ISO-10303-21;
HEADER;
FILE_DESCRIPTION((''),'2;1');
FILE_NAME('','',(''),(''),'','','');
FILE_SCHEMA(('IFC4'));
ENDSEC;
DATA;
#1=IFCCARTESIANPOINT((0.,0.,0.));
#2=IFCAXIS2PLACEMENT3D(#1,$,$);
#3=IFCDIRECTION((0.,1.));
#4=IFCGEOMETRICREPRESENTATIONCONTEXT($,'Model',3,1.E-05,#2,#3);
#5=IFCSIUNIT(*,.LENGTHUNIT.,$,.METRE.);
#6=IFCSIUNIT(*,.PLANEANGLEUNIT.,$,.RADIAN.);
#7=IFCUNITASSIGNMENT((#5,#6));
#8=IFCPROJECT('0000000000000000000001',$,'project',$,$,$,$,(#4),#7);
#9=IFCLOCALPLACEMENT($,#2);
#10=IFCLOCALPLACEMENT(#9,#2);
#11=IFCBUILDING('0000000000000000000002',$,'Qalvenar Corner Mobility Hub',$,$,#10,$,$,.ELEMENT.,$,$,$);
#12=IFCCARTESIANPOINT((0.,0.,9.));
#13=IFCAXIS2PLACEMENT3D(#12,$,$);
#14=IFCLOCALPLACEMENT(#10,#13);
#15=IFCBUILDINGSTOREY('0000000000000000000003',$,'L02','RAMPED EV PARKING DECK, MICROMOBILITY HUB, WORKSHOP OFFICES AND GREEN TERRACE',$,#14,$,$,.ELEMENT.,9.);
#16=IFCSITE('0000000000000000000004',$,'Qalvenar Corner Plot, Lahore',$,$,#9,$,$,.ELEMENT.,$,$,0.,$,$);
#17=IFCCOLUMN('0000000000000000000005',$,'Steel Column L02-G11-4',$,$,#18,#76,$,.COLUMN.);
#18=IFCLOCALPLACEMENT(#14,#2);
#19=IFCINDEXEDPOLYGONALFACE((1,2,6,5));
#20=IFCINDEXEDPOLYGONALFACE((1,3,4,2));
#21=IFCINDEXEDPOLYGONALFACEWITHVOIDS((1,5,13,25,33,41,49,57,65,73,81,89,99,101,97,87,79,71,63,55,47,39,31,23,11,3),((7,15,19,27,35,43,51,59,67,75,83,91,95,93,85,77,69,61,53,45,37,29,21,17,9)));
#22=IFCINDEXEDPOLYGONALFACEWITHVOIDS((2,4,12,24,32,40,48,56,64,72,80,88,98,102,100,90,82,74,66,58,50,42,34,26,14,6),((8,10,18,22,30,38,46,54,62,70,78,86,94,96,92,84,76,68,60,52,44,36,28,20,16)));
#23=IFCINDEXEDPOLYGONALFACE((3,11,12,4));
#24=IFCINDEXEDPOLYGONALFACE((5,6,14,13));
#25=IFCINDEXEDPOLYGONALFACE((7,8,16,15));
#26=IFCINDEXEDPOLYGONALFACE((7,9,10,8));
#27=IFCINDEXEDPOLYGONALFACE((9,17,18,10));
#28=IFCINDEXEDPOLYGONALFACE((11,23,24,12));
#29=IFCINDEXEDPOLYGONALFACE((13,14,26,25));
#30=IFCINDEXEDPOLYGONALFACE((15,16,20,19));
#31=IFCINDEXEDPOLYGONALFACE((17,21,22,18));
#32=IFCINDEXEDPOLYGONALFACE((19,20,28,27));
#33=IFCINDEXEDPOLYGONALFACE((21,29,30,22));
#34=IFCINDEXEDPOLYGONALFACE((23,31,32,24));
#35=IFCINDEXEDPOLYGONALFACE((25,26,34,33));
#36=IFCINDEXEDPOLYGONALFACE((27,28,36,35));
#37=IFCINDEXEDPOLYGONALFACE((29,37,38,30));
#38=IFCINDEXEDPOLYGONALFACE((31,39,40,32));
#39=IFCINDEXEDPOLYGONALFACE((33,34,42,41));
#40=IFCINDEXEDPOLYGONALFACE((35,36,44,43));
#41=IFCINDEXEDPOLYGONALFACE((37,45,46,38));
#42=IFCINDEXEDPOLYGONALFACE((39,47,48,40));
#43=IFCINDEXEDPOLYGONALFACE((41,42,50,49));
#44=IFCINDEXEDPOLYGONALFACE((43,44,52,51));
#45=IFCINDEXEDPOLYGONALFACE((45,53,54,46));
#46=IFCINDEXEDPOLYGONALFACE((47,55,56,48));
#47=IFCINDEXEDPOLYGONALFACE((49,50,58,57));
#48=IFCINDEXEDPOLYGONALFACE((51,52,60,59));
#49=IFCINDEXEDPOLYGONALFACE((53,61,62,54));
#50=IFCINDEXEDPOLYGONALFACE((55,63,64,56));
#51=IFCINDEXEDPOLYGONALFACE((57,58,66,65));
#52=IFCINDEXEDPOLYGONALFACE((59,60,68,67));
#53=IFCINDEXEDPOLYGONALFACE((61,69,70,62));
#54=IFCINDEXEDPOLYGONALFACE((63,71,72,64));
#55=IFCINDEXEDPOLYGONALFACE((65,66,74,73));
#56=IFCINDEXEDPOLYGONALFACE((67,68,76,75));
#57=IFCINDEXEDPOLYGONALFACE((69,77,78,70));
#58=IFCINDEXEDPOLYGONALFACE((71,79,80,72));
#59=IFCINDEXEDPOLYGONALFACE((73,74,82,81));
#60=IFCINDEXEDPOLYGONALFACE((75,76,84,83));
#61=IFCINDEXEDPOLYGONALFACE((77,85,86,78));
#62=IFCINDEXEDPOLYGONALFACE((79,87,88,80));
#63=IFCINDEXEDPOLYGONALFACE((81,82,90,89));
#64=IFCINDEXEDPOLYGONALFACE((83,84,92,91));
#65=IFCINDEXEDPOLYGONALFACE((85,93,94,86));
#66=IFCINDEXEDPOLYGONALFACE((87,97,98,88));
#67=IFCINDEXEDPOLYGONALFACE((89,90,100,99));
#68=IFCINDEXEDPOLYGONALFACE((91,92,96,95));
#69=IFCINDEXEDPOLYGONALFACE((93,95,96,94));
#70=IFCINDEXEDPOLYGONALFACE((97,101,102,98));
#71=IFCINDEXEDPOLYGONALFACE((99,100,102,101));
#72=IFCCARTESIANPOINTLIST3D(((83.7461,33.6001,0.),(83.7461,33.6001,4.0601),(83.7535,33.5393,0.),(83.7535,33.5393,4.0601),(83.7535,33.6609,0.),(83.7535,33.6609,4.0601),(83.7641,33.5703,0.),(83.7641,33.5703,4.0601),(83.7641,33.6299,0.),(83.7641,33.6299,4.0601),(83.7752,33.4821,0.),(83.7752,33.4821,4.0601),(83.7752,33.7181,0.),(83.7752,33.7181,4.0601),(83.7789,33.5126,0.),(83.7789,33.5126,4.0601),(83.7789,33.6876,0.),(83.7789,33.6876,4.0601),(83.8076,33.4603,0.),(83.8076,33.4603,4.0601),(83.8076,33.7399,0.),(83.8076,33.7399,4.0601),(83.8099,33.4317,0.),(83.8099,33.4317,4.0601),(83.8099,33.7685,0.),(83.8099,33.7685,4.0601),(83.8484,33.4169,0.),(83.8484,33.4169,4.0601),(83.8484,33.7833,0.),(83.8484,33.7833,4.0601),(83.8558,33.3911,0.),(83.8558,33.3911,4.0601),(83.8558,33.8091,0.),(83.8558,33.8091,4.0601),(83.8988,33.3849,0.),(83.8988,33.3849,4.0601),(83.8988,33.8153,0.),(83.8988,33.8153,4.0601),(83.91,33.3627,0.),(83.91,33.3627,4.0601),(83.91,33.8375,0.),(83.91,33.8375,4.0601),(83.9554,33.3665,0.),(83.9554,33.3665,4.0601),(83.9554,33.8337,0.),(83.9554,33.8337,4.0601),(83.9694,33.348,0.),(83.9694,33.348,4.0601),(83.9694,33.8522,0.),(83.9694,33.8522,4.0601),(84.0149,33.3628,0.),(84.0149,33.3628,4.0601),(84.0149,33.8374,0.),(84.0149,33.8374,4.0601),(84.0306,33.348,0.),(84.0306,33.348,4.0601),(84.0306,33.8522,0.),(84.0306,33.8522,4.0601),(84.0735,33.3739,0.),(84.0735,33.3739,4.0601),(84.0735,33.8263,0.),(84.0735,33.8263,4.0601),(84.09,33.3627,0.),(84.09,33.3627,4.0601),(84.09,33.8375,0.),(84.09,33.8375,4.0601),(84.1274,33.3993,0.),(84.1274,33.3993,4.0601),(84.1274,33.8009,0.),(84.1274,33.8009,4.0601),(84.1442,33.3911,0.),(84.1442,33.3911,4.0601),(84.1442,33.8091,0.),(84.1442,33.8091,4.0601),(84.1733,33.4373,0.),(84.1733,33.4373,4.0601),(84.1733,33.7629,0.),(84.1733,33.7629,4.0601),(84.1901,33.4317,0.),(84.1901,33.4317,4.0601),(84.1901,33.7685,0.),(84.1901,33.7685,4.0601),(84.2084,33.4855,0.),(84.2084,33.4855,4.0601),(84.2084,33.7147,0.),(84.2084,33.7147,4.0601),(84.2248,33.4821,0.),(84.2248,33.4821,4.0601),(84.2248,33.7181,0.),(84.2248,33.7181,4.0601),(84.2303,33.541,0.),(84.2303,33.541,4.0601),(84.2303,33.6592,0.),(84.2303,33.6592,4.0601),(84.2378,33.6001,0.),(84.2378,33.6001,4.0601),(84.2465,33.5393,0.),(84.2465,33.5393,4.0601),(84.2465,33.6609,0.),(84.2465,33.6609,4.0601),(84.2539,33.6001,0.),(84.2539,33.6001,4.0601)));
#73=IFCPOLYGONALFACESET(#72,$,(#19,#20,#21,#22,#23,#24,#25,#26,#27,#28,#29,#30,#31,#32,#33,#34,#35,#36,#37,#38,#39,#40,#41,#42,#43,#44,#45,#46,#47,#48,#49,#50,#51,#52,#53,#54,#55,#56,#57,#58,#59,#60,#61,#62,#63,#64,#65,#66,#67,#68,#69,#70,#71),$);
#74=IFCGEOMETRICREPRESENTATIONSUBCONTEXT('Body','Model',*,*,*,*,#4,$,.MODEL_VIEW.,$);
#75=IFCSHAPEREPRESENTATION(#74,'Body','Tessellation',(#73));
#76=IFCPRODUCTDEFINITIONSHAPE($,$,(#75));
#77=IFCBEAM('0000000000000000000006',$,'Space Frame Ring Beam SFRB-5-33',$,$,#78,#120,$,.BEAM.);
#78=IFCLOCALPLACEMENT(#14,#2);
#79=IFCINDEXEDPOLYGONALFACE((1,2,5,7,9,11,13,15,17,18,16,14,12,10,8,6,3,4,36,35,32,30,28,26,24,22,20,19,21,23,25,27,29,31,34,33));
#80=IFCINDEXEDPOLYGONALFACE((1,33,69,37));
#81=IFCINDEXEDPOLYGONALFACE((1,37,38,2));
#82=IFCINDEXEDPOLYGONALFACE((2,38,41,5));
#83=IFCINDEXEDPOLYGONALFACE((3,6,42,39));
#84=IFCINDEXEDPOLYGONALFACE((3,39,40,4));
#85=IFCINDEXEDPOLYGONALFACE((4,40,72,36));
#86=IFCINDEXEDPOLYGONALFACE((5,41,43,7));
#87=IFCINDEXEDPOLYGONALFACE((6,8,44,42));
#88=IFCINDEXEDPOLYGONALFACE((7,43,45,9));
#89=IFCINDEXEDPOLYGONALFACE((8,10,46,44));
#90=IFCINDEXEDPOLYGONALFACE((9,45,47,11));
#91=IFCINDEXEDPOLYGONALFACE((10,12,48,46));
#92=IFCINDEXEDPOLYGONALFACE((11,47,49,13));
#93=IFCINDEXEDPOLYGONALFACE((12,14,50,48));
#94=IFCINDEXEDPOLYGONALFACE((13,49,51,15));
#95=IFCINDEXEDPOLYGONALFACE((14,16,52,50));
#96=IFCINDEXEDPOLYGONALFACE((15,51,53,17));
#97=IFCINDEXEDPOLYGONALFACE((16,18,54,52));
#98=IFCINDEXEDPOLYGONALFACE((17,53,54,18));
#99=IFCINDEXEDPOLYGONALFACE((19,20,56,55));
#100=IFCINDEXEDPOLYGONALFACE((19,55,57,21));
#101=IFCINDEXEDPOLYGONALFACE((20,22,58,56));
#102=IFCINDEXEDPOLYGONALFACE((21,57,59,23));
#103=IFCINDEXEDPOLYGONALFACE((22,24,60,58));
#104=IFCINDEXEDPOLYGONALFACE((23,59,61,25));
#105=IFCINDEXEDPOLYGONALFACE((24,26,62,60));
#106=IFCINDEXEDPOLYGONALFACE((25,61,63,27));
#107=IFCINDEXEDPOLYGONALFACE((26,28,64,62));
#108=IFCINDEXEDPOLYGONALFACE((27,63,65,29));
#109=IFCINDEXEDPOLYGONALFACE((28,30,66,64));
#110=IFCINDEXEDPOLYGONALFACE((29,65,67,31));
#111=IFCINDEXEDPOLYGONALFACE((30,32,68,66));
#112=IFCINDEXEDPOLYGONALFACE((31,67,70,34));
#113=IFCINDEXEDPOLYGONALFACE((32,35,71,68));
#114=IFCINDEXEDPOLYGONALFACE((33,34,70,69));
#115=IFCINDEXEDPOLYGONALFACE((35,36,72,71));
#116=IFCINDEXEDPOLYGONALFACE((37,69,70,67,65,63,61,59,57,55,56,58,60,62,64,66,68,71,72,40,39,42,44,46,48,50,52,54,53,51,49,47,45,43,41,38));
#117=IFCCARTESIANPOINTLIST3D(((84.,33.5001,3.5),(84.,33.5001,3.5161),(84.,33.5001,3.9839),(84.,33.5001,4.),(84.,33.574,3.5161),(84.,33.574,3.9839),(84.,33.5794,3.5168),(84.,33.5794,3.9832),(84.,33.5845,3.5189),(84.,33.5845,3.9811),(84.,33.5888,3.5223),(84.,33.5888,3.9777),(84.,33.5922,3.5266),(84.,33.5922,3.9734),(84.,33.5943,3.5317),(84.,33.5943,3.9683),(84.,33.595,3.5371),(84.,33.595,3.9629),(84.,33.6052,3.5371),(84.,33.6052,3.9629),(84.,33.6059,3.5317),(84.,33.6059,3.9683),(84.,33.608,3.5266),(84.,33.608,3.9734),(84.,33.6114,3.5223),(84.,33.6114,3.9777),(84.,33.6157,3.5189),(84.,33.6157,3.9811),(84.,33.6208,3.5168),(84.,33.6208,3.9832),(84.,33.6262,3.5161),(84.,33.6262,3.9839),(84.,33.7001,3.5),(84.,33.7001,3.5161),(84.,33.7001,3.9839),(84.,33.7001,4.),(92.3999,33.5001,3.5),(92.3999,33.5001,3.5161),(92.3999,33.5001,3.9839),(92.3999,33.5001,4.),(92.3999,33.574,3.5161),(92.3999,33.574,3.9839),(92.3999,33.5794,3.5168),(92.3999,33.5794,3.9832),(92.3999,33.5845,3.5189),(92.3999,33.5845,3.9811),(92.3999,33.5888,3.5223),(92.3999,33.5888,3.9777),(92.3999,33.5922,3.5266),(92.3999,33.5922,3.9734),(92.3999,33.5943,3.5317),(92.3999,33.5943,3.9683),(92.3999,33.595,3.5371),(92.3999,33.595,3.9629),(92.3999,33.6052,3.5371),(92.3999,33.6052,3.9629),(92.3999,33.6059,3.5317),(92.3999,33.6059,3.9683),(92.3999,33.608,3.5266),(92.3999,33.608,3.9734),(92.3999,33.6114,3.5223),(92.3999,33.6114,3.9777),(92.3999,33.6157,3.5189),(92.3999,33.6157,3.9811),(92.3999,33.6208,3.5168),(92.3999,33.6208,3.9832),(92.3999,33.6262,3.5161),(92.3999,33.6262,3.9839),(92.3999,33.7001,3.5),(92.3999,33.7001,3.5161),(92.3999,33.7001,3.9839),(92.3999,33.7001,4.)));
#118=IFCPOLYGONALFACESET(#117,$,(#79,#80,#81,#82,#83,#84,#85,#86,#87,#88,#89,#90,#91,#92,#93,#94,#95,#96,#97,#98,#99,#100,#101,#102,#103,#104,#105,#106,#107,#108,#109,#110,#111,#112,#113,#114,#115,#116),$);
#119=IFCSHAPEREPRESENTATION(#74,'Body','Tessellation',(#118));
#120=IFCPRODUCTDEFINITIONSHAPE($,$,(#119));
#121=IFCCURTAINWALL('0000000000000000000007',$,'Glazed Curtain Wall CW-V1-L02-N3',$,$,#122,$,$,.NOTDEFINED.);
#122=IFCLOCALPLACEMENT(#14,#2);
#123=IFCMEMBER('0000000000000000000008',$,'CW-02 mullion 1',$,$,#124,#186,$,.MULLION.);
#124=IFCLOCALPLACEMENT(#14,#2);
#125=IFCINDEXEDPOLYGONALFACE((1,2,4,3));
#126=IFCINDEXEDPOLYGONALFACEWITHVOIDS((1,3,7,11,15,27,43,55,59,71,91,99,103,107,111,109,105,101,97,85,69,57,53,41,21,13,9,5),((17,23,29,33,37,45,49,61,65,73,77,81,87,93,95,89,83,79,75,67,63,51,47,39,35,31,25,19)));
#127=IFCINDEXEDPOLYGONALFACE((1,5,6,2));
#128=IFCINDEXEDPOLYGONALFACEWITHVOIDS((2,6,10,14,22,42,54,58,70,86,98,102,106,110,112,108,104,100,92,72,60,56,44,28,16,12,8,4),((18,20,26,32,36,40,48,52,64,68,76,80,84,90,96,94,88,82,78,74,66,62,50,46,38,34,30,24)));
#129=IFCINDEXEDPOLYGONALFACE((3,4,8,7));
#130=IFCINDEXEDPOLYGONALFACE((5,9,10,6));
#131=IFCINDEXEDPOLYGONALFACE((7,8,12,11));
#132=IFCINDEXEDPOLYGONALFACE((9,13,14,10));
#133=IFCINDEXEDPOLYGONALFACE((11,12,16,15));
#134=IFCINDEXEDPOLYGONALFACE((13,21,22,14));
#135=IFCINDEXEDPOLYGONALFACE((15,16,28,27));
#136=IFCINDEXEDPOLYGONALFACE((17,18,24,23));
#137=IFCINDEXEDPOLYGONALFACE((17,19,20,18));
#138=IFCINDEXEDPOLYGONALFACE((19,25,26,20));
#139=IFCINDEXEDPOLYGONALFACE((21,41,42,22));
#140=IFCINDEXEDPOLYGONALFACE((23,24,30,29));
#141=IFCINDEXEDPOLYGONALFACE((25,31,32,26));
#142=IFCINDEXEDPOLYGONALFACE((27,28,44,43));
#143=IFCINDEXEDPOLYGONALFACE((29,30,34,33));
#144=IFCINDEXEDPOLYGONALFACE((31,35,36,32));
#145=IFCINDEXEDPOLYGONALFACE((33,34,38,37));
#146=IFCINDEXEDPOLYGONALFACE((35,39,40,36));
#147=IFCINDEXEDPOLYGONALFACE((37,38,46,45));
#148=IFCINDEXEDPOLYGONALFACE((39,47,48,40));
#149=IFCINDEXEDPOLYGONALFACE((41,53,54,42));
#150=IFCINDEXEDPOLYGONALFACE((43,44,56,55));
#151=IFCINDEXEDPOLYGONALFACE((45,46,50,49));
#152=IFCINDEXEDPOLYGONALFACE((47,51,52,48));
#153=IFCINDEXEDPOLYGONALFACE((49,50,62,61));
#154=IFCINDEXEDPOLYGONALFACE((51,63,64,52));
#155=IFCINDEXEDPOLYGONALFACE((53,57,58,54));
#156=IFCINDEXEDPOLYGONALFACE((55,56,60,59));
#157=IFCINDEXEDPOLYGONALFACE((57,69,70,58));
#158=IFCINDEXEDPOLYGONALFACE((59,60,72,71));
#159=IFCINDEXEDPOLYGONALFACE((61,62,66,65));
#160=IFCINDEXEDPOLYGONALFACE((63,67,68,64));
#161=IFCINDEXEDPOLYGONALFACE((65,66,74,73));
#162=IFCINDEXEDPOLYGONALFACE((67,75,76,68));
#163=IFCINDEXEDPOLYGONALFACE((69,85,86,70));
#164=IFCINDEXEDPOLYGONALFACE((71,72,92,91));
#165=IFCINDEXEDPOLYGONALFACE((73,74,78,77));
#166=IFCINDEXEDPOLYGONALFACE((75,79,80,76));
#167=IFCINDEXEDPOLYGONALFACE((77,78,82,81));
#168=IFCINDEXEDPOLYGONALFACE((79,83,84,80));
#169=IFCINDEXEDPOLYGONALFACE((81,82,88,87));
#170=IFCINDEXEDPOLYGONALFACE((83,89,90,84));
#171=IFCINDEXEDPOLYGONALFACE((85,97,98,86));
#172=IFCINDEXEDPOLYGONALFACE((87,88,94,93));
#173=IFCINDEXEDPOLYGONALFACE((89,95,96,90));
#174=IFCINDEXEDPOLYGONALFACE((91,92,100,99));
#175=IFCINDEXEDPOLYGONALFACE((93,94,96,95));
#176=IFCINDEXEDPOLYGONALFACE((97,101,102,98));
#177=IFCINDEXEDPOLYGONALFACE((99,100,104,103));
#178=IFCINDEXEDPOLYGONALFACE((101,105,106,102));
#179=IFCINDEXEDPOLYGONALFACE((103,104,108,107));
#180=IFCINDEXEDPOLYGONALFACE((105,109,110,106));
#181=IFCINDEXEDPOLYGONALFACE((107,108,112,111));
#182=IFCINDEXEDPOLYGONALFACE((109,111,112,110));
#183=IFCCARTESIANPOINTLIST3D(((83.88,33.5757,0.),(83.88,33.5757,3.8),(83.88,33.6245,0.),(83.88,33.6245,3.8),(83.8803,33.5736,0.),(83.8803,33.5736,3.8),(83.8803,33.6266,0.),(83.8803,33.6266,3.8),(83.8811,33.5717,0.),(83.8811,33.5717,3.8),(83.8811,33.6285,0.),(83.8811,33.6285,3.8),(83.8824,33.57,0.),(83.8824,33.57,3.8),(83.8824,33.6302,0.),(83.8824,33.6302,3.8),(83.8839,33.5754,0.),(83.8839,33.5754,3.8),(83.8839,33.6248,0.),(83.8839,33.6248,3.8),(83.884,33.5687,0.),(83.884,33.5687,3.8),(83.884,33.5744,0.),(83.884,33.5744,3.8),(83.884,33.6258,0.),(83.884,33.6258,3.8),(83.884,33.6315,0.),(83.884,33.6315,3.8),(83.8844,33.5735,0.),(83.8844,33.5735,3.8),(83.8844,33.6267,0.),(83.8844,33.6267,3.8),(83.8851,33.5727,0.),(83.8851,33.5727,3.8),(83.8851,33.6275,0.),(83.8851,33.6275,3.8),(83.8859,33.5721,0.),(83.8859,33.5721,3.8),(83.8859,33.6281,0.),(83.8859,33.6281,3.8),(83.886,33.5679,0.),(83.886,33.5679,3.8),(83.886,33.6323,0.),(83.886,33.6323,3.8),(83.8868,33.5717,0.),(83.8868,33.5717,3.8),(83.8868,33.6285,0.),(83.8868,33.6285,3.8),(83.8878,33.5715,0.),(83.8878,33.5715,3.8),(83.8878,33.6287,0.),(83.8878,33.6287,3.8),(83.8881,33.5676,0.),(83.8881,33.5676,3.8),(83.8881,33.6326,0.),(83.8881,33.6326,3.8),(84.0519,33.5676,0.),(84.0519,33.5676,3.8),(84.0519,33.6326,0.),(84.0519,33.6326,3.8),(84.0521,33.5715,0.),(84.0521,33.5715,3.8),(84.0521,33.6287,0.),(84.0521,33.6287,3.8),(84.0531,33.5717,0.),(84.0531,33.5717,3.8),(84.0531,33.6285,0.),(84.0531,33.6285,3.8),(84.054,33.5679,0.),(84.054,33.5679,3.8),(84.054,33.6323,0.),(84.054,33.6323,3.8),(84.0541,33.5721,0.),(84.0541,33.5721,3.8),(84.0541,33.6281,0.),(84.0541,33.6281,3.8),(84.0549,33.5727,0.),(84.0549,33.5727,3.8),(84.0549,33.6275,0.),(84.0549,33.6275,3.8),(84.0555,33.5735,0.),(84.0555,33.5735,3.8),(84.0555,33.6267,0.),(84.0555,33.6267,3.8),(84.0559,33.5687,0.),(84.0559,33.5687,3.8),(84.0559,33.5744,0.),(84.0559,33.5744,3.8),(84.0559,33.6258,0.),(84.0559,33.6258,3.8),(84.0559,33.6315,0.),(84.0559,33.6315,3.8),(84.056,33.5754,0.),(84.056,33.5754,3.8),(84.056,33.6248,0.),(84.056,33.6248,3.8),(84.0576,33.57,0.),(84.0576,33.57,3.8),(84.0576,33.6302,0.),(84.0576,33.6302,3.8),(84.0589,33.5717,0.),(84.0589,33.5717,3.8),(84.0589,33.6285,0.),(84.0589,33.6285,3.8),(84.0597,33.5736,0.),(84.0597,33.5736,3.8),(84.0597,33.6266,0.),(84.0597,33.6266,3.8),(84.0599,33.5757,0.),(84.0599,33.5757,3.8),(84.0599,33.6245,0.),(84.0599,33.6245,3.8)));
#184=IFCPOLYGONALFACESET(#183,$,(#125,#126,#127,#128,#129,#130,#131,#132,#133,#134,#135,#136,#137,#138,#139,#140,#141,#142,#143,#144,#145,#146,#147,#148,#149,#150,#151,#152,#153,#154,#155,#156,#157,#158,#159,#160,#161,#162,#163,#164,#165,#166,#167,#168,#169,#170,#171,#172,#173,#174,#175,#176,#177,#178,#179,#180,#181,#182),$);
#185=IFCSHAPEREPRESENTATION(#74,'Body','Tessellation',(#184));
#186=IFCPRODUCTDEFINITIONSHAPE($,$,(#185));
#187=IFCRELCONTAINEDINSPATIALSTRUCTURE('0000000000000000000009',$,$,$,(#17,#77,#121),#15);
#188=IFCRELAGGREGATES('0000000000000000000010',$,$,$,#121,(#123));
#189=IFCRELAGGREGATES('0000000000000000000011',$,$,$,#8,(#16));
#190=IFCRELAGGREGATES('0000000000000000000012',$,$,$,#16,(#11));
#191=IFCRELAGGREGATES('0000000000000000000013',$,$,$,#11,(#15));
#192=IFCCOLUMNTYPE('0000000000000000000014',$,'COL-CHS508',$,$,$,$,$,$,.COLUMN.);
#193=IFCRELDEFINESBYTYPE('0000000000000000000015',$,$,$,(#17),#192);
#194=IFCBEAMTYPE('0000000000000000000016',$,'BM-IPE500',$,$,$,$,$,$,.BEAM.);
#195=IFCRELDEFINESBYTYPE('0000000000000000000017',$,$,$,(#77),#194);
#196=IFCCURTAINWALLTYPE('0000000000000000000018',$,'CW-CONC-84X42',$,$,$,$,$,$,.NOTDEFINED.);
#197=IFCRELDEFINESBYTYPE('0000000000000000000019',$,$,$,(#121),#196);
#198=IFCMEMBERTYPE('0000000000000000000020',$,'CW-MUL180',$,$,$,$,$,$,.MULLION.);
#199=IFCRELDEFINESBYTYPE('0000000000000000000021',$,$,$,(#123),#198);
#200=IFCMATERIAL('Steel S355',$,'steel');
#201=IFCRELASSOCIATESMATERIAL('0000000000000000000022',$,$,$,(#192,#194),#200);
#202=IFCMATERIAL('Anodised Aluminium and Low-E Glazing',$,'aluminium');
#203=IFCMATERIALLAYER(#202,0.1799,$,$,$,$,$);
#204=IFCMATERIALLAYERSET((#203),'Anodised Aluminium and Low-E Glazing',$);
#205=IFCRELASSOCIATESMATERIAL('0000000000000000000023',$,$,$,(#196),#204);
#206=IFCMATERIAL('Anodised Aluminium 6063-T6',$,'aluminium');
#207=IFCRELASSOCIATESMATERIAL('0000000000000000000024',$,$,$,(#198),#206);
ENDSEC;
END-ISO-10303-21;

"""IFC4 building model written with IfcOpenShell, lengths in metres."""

from ifc_helpers import new_model, si_unit, direction, frame, origin, origin_2d, place, context, subcontext, project, spatial, hollow_rectangle, hollow_circle, i_section, extrude, material, layer, layer_set, material_profile, profile_set, type_object, element, aggregate, save


model = new_model("IFC4")

# Units and contexts
model_context = context("Model", 3, precision=1e-05, world=origin(), true_north=direction((0.0, 1.0)))
body_context = subcontext(model_context, "Body", "Model", "MODEL_VIEW")
ifc_project = project(units=[si_unit("LENGTHUNIT", "METRE"), si_unit("PLANEANGLEUNIT", "RADIAN")], contexts=[model_context])

# Site, building, storey
site_placement = place(None, origin())
site = spatial("IfcSite", under=ifc_project, at=site_placement, Name="Qalvenar Corner Plot, Lahore", CompositionType="ELEMENT", RefElevation=0.0)
building_placement = place(site_placement, origin())
building = spatial("IfcBuilding", under=site, at=building_placement, Name="Qalvenar Corner Mobility Hub", CompositionType="ELEMENT")
storey_placement = place(building_placement, frame((0.0, 0.0, 9.0)))
storey = spatial("IfcBuildingStorey", under=building, at=storey_placement, Name="L02", Description="RAMPED EV PARKING DECK, MICROMOBILITY HUB, WORKSHOP OFFICES AND GREEN TERRACE", CompositionType="ELEMENT", Elevation=9.0)

# Column
ifc_material_1 = material(Name="Steel S355", Category="steel")
ifc_material_profile_1 = material_profile(ifc_material_1, hollow_circle(Radius=0.2539, WallThickness=0.0161, at=origin_2d()), Name="CHS508x16")
ifc_profile_set_1 = profile_set([ifc_material_profile_1], Name="Steel S355")
column_type = type_object("IfcColumnType", Name="COL-CHS508", PredefinedType="COLUMN", material=ifc_profile_set_1)
column_placement = place(storey_placement, frame((84.0, 33.6001, 0.0), z_axis=(0.0, 0.0, 1.0), x_axis=(1.0, 0.0, 0.0)))
element("IfcColumn", 1, at=column_placement, inside=storey, type_object=column_type, Name="Steel Column L02-G11-4", PredefinedType="COLUMN", context=body_context, shape_type="SweptSolid", body=[
    extrude(hollow_circle(Radius=0.2539, WallThickness=0.0161, at=origin_2d()), origin(), (0.0, 0.0, 1.0), 4.0601),
])

# Beam
ifc_material_profile_2 = material_profile(ifc_material_1, i_section(OverallWidth=0.2, OverallDepth=0.5, WebThickness=0.0103, FlangeThickness=0.0161, FilletRadius=0.021, at=origin_2d()), Name="IPE500")
ifc_profile_set_2 = profile_set([ifc_material_profile_2], Name="Steel S355")
beam_type = type_object("IfcBeamType", Name="BM-IPE500", PredefinedType="BEAM", material=ifc_profile_set_2)
beam_placement = place(storey_placement, frame((84.0, 33.6001, 3.75), z_axis=(1.0, 0.0, 0.0), x_axis=(0.0, 1.0, 0.0)))
element("IfcBeam", 2, at=beam_placement, inside=storey, type_object=beam_type, Name="Space Frame Ring Beam SFRB-5-33", PredefinedType="BEAM", context=body_context, shape_type="SweptSolid", body=[
    extrude(i_section(OverallWidth=0.2, OverallDepth=0.5, WebThickness=0.0103, FlangeThickness=0.0161, FilletRadius=0.021, at=origin_2d()), origin(), (0.0, 0.0, 1.0), 8.3999),
])

# Curtain wall, member
ifc_material_2 = material(Name="Anodised Aluminium and Low-E Glazing", Category="aluminium")
ifc_layer_1 = layer(ifc_material_2, 0.1799)
ifc_layer_set_1 = layer_set([ifc_layer_1], Name="Anodised Aluminium and Low-E Glazing")
curtain_wall_type = type_object("IfcCurtainWallType", Name="CW-CONC-84X42", PredefinedType="NOTDEFINED", material=ifc_layer_set_1)
curtain_wall_1_placement = place(storey_placement, origin())
curtain_wall_1 = element("IfcCurtainWall", 3, at=curtain_wall_1_placement, inside=storey, type_object=curtain_wall_type, Name="Glazed Curtain Wall CW-V1-L02-N3", PredefinedType="NOTDEFINED")
ifc_material_3 = material(Name="Anodised Aluminium 6063-T6", Category="aluminium")
ifc_material_profile_3 = material_profile(ifc_material_3, hollow_rectangle(XDim=0.0649, YDim=0.1799, WallThickness=0.0039, InnerFilletRadius=0.0039, OuterFilletRadius=0.0081, at=origin_2d()), Name="RHS180x65x4")
ifc_profile_set_3 = profile_set([ifc_material_profile_3], Name="Anodised Aluminium 6063-T6")
member_type_1 = type_object("IfcMemberType", Name="CW-MUL180", PredefinedType="MULLION", material=ifc_profile_set_3)
member_1_placement = place(storey_placement, frame((83.97, 33.6001, 0.0), z_axis=(0.0, 0.0, 1.0), x_axis=(0.0, -1.0, 0.0)))
member_1 = element("IfcMember", 4, at=member_1_placement, type_object=member_type_1, Name="CW-02 mullion 1", PredefinedType="MULLION", context=body_context, shape_type="SweptSolid", body=[
    extrude(hollow_rectangle(XDim=0.0649, YDim=0.1799, WallThickness=0.0039, InnerFilletRadius=0.0039, OuterFilletRadius=0.0081, at=origin_2d()), origin(), (0.0, 0.0, 1.0), 3.8),
])

aggregate(curtain_wall_1, [member_1])

save(model, "model.ifc")
